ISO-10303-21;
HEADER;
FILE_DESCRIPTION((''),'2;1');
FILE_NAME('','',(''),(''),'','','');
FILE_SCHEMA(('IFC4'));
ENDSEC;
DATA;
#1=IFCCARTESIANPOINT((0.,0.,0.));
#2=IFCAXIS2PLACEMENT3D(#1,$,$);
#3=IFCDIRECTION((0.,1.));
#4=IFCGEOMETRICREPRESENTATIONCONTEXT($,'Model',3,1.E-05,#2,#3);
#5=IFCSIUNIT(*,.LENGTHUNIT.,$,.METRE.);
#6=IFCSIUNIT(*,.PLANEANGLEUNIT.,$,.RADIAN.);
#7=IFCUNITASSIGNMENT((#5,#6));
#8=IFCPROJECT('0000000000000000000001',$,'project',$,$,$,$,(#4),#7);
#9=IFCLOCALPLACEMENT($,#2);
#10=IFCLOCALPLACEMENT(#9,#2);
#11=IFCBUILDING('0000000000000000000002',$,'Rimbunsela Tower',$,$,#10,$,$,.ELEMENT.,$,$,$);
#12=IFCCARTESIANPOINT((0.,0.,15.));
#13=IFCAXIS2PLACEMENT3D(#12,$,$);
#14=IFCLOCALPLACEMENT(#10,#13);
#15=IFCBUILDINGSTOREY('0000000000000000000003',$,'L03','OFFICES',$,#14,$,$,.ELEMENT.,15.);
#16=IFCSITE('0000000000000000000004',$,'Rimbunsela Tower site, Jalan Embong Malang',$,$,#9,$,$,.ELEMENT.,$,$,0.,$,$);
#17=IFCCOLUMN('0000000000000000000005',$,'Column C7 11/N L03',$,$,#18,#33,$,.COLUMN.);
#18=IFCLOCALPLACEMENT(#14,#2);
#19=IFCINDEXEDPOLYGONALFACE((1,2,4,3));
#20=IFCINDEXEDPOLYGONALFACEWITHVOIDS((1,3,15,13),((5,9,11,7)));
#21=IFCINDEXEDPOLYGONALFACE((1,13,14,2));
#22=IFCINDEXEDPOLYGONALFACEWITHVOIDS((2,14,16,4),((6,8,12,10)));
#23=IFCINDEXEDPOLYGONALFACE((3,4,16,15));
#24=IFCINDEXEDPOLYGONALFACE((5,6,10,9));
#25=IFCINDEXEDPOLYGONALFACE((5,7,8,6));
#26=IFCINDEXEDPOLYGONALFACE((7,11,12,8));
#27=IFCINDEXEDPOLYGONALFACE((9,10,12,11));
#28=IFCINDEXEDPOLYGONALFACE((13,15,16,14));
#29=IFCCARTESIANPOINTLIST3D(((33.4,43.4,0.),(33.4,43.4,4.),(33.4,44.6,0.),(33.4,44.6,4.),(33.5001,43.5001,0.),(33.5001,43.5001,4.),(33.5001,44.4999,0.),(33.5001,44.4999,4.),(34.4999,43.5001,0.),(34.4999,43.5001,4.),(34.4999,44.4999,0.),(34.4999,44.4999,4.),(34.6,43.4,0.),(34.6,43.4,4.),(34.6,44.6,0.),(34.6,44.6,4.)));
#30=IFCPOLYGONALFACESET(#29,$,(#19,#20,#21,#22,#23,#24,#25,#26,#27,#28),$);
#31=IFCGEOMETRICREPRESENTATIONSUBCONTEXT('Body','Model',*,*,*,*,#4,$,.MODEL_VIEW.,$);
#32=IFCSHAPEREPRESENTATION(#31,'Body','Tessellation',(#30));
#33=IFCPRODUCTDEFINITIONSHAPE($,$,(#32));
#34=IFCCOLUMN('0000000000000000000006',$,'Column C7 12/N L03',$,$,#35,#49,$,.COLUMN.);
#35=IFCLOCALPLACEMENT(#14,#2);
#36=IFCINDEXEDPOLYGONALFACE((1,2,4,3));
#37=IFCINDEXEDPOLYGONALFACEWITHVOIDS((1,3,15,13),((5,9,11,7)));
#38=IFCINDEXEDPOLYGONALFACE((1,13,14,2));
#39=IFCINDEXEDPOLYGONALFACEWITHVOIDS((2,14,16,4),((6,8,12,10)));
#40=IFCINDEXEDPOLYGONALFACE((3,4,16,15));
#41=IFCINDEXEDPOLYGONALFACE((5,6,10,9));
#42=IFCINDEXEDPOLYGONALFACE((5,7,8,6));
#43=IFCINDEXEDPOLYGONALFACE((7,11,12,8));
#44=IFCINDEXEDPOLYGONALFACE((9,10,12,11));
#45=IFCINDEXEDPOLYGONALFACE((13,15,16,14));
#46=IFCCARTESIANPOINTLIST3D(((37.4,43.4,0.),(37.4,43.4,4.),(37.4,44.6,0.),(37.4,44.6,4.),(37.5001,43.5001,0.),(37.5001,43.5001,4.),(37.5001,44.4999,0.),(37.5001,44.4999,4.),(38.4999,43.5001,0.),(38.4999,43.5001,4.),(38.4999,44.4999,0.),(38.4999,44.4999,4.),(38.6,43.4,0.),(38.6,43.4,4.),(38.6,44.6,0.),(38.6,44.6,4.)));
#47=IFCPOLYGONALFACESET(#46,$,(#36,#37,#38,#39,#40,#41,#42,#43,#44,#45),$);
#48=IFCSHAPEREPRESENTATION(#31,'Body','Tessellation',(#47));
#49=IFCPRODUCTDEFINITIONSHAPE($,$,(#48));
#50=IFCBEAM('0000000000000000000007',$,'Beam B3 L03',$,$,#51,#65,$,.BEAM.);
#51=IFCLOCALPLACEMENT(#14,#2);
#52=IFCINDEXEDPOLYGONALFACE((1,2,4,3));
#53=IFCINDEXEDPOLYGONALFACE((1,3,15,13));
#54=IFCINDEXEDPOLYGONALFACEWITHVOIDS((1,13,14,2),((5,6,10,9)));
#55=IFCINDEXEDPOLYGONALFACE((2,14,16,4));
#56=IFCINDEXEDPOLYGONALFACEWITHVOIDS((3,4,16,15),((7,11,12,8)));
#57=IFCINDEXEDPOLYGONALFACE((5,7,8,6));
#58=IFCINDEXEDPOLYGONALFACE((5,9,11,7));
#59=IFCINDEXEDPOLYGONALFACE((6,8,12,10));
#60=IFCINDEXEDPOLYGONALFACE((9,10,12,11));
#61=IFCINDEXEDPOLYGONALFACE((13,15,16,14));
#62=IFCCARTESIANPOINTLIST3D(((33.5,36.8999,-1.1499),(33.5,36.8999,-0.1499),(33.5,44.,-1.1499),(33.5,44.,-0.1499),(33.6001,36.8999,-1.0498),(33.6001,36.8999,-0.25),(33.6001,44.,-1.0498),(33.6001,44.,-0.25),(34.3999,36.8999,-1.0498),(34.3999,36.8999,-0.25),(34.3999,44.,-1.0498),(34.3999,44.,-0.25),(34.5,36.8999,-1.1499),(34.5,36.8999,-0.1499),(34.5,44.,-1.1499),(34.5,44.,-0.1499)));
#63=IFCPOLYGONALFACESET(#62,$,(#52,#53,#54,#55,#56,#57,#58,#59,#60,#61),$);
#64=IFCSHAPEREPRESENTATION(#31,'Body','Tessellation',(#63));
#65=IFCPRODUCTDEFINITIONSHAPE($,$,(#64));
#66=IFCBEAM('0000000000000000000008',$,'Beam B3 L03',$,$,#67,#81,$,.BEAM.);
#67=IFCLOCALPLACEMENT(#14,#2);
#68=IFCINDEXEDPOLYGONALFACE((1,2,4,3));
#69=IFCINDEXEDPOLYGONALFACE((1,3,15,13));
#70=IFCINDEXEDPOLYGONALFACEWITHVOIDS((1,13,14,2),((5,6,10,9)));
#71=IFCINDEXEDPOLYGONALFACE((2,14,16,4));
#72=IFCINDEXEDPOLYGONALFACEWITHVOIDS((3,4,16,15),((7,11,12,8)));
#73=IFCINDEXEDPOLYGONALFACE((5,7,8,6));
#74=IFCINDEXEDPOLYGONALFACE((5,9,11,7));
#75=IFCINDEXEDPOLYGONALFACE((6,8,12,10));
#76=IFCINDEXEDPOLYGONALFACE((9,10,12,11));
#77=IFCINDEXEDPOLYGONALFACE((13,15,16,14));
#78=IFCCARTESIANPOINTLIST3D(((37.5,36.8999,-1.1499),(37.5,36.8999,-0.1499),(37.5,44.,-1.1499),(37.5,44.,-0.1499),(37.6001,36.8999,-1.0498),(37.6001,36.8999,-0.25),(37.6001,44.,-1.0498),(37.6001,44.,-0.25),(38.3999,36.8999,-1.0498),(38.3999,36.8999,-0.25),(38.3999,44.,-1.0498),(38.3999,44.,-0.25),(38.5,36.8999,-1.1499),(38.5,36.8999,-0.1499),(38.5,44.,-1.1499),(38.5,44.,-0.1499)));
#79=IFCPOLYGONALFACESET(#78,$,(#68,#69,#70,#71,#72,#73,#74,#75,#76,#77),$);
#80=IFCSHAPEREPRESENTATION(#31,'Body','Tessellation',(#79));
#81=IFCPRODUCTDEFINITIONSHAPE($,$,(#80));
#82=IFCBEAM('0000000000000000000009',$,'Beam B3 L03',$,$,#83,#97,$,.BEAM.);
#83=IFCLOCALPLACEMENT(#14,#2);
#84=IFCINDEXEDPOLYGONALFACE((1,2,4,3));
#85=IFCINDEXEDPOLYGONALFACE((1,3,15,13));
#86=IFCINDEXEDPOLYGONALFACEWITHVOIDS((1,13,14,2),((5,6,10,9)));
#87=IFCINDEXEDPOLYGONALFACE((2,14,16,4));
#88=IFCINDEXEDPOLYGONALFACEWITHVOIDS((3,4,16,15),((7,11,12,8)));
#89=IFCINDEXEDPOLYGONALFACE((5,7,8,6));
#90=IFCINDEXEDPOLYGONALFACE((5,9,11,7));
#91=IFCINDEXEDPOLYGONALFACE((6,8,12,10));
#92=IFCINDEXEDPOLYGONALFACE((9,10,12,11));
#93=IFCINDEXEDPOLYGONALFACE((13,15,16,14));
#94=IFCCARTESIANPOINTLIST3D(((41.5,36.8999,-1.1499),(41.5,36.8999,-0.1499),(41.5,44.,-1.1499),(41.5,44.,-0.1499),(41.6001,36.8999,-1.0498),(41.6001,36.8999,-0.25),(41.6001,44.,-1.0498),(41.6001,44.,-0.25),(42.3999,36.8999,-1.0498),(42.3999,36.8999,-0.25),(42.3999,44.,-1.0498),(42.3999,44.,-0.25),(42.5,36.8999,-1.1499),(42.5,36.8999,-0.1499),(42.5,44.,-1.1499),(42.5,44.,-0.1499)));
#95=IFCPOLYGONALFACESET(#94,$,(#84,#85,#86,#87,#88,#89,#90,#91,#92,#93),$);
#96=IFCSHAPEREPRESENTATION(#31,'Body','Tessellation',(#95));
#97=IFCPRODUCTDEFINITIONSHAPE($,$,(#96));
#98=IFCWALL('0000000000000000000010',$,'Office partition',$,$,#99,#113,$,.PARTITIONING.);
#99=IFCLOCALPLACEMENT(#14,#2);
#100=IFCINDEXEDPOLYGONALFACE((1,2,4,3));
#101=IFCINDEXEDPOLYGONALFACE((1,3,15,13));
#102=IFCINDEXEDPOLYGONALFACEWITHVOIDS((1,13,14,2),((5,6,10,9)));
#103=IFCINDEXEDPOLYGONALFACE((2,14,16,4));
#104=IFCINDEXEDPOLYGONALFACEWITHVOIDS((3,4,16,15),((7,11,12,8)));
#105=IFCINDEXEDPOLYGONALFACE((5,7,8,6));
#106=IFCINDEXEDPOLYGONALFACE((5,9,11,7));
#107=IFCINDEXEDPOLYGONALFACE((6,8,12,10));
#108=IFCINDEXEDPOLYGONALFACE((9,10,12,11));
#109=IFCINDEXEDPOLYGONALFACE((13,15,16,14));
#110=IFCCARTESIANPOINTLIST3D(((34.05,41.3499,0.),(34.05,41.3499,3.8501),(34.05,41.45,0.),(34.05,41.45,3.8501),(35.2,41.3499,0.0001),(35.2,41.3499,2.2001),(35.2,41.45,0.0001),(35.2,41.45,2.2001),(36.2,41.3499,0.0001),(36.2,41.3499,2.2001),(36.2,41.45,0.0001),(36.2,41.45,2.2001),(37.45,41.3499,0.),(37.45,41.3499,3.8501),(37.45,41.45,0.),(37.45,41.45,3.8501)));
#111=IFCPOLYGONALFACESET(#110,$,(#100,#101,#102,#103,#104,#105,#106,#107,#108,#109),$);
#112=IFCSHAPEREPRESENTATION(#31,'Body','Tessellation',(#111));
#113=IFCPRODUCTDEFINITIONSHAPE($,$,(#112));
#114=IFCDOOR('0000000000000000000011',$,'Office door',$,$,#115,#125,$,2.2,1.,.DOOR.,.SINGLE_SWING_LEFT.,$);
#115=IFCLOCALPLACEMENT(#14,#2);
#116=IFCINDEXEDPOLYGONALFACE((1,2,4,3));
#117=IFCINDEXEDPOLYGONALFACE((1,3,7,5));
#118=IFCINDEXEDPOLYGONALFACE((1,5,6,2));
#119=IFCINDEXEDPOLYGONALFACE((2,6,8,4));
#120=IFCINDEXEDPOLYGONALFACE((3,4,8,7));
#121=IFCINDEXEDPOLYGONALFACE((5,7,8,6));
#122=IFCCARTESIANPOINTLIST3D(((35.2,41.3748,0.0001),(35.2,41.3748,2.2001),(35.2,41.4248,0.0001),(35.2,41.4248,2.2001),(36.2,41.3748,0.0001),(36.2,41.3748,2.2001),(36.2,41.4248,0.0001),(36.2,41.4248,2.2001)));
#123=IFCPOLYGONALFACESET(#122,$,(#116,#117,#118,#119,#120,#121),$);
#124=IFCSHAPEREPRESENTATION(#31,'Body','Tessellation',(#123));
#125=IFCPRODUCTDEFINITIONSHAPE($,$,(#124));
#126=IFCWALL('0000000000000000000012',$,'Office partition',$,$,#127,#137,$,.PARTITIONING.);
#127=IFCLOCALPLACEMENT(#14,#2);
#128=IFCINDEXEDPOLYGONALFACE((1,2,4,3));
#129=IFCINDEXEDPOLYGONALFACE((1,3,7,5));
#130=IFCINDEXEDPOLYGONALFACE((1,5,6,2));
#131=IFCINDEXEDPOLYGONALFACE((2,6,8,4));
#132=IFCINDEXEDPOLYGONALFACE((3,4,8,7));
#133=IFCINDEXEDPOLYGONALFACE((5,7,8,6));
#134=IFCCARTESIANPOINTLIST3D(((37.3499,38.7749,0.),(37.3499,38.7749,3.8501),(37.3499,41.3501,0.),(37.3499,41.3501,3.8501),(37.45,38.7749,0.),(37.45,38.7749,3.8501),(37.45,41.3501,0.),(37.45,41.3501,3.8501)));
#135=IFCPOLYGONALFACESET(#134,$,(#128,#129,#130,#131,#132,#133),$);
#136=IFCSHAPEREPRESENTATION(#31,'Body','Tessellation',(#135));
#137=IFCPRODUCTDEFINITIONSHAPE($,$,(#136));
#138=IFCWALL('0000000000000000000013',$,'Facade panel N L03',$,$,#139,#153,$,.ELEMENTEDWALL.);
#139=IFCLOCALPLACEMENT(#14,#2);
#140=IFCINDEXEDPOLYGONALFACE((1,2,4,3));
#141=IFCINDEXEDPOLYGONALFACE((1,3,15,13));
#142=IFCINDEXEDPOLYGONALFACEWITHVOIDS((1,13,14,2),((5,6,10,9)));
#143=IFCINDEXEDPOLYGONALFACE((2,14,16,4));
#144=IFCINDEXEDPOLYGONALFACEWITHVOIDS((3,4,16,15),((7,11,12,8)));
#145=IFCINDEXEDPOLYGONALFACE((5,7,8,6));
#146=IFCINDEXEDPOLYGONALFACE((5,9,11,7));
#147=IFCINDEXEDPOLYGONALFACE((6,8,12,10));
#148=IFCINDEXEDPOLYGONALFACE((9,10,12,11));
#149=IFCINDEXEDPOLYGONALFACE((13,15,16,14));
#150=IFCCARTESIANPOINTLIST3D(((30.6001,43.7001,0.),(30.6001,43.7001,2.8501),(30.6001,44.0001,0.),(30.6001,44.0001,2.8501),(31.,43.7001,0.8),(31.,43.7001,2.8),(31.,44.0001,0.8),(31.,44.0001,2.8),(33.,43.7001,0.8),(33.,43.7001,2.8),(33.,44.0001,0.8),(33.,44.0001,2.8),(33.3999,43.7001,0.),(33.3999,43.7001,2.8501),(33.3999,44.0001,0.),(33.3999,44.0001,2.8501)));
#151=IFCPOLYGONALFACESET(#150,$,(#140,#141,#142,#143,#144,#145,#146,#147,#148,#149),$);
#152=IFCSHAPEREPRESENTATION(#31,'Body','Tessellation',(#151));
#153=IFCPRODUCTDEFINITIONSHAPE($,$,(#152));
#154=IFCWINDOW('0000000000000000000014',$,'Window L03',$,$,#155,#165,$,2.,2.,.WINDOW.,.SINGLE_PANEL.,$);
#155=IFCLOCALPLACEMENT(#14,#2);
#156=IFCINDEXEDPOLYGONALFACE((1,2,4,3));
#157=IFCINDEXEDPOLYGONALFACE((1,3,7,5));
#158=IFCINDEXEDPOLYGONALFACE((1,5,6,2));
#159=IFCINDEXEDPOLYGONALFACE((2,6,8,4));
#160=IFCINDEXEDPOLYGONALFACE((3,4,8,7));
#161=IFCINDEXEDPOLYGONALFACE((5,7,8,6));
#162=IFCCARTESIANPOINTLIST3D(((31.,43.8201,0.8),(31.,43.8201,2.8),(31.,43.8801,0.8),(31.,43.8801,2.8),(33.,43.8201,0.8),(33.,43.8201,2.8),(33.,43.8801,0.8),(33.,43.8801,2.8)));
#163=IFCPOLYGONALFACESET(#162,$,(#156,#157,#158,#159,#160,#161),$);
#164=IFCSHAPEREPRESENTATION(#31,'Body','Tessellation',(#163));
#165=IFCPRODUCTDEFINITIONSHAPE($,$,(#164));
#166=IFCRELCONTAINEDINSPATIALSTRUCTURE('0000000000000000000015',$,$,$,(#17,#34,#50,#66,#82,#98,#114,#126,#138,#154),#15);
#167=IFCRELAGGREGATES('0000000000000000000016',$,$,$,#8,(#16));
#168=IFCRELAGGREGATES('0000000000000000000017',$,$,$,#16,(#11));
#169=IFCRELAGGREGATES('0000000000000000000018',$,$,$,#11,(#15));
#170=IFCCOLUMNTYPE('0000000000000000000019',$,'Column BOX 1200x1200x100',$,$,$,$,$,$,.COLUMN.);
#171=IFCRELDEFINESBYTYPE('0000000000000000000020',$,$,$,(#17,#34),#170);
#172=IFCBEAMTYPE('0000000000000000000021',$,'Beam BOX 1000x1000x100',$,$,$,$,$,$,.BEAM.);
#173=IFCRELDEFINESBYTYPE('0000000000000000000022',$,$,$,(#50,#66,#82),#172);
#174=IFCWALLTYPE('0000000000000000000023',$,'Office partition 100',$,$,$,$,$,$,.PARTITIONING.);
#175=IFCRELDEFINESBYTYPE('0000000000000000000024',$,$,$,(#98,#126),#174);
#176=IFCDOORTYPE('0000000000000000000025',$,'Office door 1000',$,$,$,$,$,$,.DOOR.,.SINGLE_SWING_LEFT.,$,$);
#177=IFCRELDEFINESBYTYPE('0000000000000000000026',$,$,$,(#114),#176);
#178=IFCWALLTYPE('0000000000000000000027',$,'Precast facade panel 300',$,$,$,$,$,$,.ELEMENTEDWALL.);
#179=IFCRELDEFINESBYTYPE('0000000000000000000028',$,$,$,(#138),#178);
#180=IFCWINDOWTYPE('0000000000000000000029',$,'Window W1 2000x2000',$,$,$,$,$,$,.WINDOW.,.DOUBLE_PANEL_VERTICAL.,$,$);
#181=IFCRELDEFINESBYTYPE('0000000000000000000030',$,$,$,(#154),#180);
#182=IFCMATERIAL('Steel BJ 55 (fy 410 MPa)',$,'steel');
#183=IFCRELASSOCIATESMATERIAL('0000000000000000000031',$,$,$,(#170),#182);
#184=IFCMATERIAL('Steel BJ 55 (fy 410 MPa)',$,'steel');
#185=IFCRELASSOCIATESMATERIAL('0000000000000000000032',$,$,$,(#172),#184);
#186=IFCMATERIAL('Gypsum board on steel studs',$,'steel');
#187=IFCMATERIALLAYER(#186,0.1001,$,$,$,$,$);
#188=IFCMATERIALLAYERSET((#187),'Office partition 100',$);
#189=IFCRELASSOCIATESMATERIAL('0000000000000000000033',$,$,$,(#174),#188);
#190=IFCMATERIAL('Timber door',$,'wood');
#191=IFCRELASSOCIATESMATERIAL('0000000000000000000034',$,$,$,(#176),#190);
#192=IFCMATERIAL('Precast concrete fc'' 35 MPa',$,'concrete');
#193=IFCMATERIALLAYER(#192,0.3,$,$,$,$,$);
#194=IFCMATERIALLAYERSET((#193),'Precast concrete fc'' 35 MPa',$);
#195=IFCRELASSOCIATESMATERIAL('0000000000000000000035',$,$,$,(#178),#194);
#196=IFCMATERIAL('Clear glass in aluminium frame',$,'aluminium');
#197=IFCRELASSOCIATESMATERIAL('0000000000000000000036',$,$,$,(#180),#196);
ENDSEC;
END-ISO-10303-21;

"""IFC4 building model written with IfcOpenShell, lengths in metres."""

from ifc_helpers import new_model, si_unit, direction, frame, frame_2d, origin, origin_2d, place, context, subcontext, project, spatial, rectangle, hollow_rectangle, extrude, material, layer, layer_set, material_profile, profile_set, type_object, element, fill, save


model = new_model("IFC4")

# Units and contexts
model_context = context("Model", 3, precision=1e-05, world=origin(), true_north=direction((0.0, 1.0)))
body_context = subcontext(model_context, "Body", "Model", "MODEL_VIEW")
ifc_project = project(units=[si_unit("LENGTHUNIT", "METRE"), si_unit("PLANEANGLEUNIT", "RADIAN")], contexts=[model_context])

# Site, building, storey
site_placement = place(None, origin())
site = spatial("IfcSite", under=ifc_project, at=site_placement, Name="Rimbunsela Tower site, Jalan Embong Malang", CompositionType="ELEMENT", RefElevation=0.0)
building_placement = place(site_placement, origin())
building = spatial("IfcBuilding", under=site, at=building_placement, Name="Rimbunsela Tower", CompositionType="ELEMENT")
storey_placement = place(building_placement, frame((0.0, 0.0, 15.0)))
storey = spatial("IfcBuildingStorey", under=building, at=storey_placement, Name="L03", Description="OFFICES", CompositionType="ELEMENT", Elevation=15.0)

# Columns
ifc_material_1 = material(Name="Steel BJ 55 (fy 410 MPa)", Category="steel")
ifc_material_profile_1 = material_profile(ifc_material_1, hollow_rectangle(XDim=1.2, YDim=1.2, WallThickness=0.1001, at=origin_2d()), Name="BOX 1200x1200x100")
ifc_profile_set_1 = profile_set([ifc_material_profile_1], Name="Steel BJ 55 (fy 410 MPa)")
column_type = type_object("IfcColumnType", Name="Column BOX 1200x1200x100", PredefinedType="COLUMN", material=ifc_profile_set_1)
for number, where, z_axis, x_axis, name in (
    (1, (34.0, 44.0, 0.0), (0.0, 0.0, 1.0), (1.0, 0.0, 0.0), "Column C7 11/N L03"),
    (2, (38.0, 44.0, 0.0), (0.0, 0.0, 1.0), (1.0, 0.0, 0.0), "Column C7 12/N L03"),
):
    element("IfcColumn", number, at=place(storey_placement, frame(where, z_axis=z_axis, x_axis=x_axis)), inside=storey, type_object=column_type, Name=name, PredefinedType="COLUMN", context=body_context, shape_type="SweptSolid", body=[
        extrude(hollow_rectangle(XDim=1.2, YDim=1.2, WallThickness=0.1001, at=origin_2d()), origin(), (0.0, 0.0, 1.0), 4.0),
    ])

# Beams
ifc_material_2 = material(Name="Steel BJ 55 (fy 410 MPa)", Category="steel")
ifc_material_profile_2 = material_profile(ifc_material_2, hollow_rectangle(XDim=1.0, YDim=1.0, WallThickness=0.1001, at=origin_2d()), Name="BOX 1000x1000x100")
ifc_profile_set_2 = profile_set([ifc_material_profile_2], Name="Steel BJ 55 (fy 410 MPa)")
beam_type = type_object("IfcBeamType", Name="Beam BOX 1000x1000x100", PredefinedType="BEAM", material=ifc_profile_set_2)
for number, where, z_axis, x_axis, name in (
    (3, (34.0, 36.8999, -0.6499), (0.0, 1.0, 0.0), (-1.0, 0.0, 0.0), "Beam B3 L03"),
    (4, (38.0, 36.8999, -0.6499), (0.0, 1.0, 0.0), (-1.0, 0.0, 0.0), "Beam B3 L03"),
    (5, (42.0, 36.8999, -0.6499), (0.0, 1.0, 0.0), (-1.0, 0.0, 0.0), "Beam B3 L03"),
):
    element("IfcBeam", number, at=place(storey_placement, frame(where, z_axis=z_axis, x_axis=x_axis)), inside=storey, type_object=beam_type, Name=name, PredefinedType="BEAM", context=body_context, shape_type="SweptSolid", body=[
        extrude(hollow_rectangle(XDim=1.0, YDim=1.0, WallThickness=0.1001, at=origin_2d()), origin(), (0.0, 0.0, 1.0), 7.1001),
    ])

# Wall, opening, door
ifc_material_3 = material(Name="Gypsum board on steel studs", Category="steel")
ifc_layer_1 = layer(ifc_material_3, 0.1001)
ifc_layer_set_1 = layer_set([ifc_layer_1], Name="Office partition 100")
wall_type_1 = type_object("IfcWallType", Name="Office partition 100", PredefinedType="PARTITIONING", material=ifc_layer_set_1)
wall_1_placement = place(storey_placement, frame((34.05, 41.3999, 0.0), z_axis=(0.0, 0.0, 1.0), x_axis=(1.0, 0.0, 0.0)))
wall_1 = element("IfcWall", 6, at=wall_1_placement, inside=storey, type_object=wall_type_1, Name="Office partition", PredefinedType="PARTITIONING", context=body_context, shape_type="SweptSolid", body=[
    extrude(rectangle(XDim=3.3999, YDim=0.1001, at=frame_2d((1.7, 0.0))), origin(), (0.0, 0.0, 1.0), 3.8501),
])
opening_1_placement = place(wall_1_placement, frame((1.1499, 0.0, 0.0)))
opening_1 = element("IfcOpeningElement", 7, at=opening_1_placement, cuts=wall_1, PredefinedType="OPENING", context=body_context, shape_type="SweptSolid", body=[
    extrude(rectangle(XDim=1.0, YDim=2.2, at=frame_2d((0.5, 1.1001))), frame((0.0, 0.0601, 0.0), z_axis=(0.0, -1.0, 0.0), x_axis=(1.0, 0.0, 0.0)), (0.0, 0.0, 1.0), 0.1201),
])
ifc_material_4 = material(Name="Timber door", Category="wood")
door_type = type_object("IfcDoorType", Name="Office door 1000", OperationType="SINGLE_SWING_LEFT", PredefinedType="DOOR", material=ifc_material_4)
door_placement = place(opening_1_placement, origin())
door = element("IfcDoor", 8, at=door_placement, inside=storey, type_object=door_type, Name="Office door", OperationType="SINGLE_SWING_LEFT", OverallHeight=2.2, OverallWidth=1.0, PredefinedType="DOOR", context=body_context, shape_type="SweptSolid", body=[
    extrude(rectangle(XDim=1.0, YDim=2.2, at=frame_2d((0.5, 1.1001))), frame((0.0, 0.0249, 0.0), z_axis=(0.0, -1.0, 0.0), x_axis=(1.0, 0.0, 0.0)), (0.0, 0.0, 1.0), 0.05),
])
fill(opening_1, door)

# Wall
wall_2_placement = place(storey_placement, frame((37.3999, 38.7749, 0.0), z_axis=(0.0, 0.0, 1.0), x_axis=(0.0, 1.0, 0.0)))
element("IfcWall", 9, at=wall_2_placement, inside=storey, type_object=wall_type_1, Name="Office partition", PredefinedType="PARTITIONING", context=body_context, shape_type="SweptSolid", body=[
    extrude(rectangle(XDim=2.5752, YDim=0.1001, at=frame_2d((1.2876, 0.0))), origin(), (0.0, 0.0, 1.0), 3.8501),
])

# Wall, opening, window
ifc_material_5 = material(Name="Precast concrete fc' 35 MPa", Category="concrete")
ifc_layer_2 = layer(ifc_material_5, 0.3)
ifc_layer_set_2 = layer_set([ifc_layer_2], Name="Precast concrete fc' 35 MPa")
wall_type_2 = type_object("IfcWallType", Name="Precast facade panel 300", PredefinedType="ELEMENTEDWALL", material=ifc_layer_set_2)
wall_3_placement = place(storey_placement, frame((33.3999, 43.8501, 0.0), z_axis=(0.0, 0.0, 1.0), x_axis=(-1.0, 0.0, 0.0)))
wall_3 = element("IfcWall", 10, at=wall_3_placement, inside=storey, type_object=wall_type_2, Name="Facade panel N L03", PredefinedType="ELEMENTEDWALL", context=body_context, shape_type="SweptSolid", body=[
    extrude(rectangle(XDim=2.7998, YDim=0.3, at=frame_2d((1.3999, 0.0))), origin(), (0.0, 0.0, 1.0), 2.8501),
])
opening_2_placement = place(wall_3_placement, frame((0.3999, 0.0, 0.8)))
opening_2 = element("IfcOpeningElement", 11, at=opening_2_placement, cuts=wall_3, PredefinedType="OPENING", context=body_context, shape_type="SweptSolid", body=[
    extrude(rectangle(XDim=2.0, YDim=2.0, at=frame_2d((1.0, 1.0))), frame((0.0, 0.1599, 0.0), z_axis=(0.0, -1.0, 0.0), x_axis=(1.0, 0.0, 0.0)), (0.0, 0.0, 1.0), 0.3201),
])
ifc_material_6 = material(Name="Clear glass in aluminium frame", Category="aluminium")
window_type = type_object("IfcWindowType", Name="Window W1 2000x2000", PartitioningType="DOUBLE_PANEL_VERTICAL", PredefinedType="WINDOW", material=ifc_material_6)
window_1_placement = place(opening_2_placement, origin())
window_1 = element("IfcWindow", 12, at=window_1_placement, inside=storey, type_object=window_type, Name="Window L03", OverallHeight=2.0, OverallWidth=2.0, PartitioningType="SINGLE_PANEL", PredefinedType="WINDOW", context=body_context, shape_type="SweptSolid", body=[
    extrude(rectangle(XDim=2.0, YDim=2.0, at=frame_2d((1.0, 1.0))), frame((0.0, 0.03, 0.0), z_axis=(0.0, -1.0, 0.0), x_axis=(1.0, 0.0, 0.0)), (0.0, 0.0, 1.0), 0.0601),
])
fill(opening_2, window_1)

save(model, "model.ifc")
